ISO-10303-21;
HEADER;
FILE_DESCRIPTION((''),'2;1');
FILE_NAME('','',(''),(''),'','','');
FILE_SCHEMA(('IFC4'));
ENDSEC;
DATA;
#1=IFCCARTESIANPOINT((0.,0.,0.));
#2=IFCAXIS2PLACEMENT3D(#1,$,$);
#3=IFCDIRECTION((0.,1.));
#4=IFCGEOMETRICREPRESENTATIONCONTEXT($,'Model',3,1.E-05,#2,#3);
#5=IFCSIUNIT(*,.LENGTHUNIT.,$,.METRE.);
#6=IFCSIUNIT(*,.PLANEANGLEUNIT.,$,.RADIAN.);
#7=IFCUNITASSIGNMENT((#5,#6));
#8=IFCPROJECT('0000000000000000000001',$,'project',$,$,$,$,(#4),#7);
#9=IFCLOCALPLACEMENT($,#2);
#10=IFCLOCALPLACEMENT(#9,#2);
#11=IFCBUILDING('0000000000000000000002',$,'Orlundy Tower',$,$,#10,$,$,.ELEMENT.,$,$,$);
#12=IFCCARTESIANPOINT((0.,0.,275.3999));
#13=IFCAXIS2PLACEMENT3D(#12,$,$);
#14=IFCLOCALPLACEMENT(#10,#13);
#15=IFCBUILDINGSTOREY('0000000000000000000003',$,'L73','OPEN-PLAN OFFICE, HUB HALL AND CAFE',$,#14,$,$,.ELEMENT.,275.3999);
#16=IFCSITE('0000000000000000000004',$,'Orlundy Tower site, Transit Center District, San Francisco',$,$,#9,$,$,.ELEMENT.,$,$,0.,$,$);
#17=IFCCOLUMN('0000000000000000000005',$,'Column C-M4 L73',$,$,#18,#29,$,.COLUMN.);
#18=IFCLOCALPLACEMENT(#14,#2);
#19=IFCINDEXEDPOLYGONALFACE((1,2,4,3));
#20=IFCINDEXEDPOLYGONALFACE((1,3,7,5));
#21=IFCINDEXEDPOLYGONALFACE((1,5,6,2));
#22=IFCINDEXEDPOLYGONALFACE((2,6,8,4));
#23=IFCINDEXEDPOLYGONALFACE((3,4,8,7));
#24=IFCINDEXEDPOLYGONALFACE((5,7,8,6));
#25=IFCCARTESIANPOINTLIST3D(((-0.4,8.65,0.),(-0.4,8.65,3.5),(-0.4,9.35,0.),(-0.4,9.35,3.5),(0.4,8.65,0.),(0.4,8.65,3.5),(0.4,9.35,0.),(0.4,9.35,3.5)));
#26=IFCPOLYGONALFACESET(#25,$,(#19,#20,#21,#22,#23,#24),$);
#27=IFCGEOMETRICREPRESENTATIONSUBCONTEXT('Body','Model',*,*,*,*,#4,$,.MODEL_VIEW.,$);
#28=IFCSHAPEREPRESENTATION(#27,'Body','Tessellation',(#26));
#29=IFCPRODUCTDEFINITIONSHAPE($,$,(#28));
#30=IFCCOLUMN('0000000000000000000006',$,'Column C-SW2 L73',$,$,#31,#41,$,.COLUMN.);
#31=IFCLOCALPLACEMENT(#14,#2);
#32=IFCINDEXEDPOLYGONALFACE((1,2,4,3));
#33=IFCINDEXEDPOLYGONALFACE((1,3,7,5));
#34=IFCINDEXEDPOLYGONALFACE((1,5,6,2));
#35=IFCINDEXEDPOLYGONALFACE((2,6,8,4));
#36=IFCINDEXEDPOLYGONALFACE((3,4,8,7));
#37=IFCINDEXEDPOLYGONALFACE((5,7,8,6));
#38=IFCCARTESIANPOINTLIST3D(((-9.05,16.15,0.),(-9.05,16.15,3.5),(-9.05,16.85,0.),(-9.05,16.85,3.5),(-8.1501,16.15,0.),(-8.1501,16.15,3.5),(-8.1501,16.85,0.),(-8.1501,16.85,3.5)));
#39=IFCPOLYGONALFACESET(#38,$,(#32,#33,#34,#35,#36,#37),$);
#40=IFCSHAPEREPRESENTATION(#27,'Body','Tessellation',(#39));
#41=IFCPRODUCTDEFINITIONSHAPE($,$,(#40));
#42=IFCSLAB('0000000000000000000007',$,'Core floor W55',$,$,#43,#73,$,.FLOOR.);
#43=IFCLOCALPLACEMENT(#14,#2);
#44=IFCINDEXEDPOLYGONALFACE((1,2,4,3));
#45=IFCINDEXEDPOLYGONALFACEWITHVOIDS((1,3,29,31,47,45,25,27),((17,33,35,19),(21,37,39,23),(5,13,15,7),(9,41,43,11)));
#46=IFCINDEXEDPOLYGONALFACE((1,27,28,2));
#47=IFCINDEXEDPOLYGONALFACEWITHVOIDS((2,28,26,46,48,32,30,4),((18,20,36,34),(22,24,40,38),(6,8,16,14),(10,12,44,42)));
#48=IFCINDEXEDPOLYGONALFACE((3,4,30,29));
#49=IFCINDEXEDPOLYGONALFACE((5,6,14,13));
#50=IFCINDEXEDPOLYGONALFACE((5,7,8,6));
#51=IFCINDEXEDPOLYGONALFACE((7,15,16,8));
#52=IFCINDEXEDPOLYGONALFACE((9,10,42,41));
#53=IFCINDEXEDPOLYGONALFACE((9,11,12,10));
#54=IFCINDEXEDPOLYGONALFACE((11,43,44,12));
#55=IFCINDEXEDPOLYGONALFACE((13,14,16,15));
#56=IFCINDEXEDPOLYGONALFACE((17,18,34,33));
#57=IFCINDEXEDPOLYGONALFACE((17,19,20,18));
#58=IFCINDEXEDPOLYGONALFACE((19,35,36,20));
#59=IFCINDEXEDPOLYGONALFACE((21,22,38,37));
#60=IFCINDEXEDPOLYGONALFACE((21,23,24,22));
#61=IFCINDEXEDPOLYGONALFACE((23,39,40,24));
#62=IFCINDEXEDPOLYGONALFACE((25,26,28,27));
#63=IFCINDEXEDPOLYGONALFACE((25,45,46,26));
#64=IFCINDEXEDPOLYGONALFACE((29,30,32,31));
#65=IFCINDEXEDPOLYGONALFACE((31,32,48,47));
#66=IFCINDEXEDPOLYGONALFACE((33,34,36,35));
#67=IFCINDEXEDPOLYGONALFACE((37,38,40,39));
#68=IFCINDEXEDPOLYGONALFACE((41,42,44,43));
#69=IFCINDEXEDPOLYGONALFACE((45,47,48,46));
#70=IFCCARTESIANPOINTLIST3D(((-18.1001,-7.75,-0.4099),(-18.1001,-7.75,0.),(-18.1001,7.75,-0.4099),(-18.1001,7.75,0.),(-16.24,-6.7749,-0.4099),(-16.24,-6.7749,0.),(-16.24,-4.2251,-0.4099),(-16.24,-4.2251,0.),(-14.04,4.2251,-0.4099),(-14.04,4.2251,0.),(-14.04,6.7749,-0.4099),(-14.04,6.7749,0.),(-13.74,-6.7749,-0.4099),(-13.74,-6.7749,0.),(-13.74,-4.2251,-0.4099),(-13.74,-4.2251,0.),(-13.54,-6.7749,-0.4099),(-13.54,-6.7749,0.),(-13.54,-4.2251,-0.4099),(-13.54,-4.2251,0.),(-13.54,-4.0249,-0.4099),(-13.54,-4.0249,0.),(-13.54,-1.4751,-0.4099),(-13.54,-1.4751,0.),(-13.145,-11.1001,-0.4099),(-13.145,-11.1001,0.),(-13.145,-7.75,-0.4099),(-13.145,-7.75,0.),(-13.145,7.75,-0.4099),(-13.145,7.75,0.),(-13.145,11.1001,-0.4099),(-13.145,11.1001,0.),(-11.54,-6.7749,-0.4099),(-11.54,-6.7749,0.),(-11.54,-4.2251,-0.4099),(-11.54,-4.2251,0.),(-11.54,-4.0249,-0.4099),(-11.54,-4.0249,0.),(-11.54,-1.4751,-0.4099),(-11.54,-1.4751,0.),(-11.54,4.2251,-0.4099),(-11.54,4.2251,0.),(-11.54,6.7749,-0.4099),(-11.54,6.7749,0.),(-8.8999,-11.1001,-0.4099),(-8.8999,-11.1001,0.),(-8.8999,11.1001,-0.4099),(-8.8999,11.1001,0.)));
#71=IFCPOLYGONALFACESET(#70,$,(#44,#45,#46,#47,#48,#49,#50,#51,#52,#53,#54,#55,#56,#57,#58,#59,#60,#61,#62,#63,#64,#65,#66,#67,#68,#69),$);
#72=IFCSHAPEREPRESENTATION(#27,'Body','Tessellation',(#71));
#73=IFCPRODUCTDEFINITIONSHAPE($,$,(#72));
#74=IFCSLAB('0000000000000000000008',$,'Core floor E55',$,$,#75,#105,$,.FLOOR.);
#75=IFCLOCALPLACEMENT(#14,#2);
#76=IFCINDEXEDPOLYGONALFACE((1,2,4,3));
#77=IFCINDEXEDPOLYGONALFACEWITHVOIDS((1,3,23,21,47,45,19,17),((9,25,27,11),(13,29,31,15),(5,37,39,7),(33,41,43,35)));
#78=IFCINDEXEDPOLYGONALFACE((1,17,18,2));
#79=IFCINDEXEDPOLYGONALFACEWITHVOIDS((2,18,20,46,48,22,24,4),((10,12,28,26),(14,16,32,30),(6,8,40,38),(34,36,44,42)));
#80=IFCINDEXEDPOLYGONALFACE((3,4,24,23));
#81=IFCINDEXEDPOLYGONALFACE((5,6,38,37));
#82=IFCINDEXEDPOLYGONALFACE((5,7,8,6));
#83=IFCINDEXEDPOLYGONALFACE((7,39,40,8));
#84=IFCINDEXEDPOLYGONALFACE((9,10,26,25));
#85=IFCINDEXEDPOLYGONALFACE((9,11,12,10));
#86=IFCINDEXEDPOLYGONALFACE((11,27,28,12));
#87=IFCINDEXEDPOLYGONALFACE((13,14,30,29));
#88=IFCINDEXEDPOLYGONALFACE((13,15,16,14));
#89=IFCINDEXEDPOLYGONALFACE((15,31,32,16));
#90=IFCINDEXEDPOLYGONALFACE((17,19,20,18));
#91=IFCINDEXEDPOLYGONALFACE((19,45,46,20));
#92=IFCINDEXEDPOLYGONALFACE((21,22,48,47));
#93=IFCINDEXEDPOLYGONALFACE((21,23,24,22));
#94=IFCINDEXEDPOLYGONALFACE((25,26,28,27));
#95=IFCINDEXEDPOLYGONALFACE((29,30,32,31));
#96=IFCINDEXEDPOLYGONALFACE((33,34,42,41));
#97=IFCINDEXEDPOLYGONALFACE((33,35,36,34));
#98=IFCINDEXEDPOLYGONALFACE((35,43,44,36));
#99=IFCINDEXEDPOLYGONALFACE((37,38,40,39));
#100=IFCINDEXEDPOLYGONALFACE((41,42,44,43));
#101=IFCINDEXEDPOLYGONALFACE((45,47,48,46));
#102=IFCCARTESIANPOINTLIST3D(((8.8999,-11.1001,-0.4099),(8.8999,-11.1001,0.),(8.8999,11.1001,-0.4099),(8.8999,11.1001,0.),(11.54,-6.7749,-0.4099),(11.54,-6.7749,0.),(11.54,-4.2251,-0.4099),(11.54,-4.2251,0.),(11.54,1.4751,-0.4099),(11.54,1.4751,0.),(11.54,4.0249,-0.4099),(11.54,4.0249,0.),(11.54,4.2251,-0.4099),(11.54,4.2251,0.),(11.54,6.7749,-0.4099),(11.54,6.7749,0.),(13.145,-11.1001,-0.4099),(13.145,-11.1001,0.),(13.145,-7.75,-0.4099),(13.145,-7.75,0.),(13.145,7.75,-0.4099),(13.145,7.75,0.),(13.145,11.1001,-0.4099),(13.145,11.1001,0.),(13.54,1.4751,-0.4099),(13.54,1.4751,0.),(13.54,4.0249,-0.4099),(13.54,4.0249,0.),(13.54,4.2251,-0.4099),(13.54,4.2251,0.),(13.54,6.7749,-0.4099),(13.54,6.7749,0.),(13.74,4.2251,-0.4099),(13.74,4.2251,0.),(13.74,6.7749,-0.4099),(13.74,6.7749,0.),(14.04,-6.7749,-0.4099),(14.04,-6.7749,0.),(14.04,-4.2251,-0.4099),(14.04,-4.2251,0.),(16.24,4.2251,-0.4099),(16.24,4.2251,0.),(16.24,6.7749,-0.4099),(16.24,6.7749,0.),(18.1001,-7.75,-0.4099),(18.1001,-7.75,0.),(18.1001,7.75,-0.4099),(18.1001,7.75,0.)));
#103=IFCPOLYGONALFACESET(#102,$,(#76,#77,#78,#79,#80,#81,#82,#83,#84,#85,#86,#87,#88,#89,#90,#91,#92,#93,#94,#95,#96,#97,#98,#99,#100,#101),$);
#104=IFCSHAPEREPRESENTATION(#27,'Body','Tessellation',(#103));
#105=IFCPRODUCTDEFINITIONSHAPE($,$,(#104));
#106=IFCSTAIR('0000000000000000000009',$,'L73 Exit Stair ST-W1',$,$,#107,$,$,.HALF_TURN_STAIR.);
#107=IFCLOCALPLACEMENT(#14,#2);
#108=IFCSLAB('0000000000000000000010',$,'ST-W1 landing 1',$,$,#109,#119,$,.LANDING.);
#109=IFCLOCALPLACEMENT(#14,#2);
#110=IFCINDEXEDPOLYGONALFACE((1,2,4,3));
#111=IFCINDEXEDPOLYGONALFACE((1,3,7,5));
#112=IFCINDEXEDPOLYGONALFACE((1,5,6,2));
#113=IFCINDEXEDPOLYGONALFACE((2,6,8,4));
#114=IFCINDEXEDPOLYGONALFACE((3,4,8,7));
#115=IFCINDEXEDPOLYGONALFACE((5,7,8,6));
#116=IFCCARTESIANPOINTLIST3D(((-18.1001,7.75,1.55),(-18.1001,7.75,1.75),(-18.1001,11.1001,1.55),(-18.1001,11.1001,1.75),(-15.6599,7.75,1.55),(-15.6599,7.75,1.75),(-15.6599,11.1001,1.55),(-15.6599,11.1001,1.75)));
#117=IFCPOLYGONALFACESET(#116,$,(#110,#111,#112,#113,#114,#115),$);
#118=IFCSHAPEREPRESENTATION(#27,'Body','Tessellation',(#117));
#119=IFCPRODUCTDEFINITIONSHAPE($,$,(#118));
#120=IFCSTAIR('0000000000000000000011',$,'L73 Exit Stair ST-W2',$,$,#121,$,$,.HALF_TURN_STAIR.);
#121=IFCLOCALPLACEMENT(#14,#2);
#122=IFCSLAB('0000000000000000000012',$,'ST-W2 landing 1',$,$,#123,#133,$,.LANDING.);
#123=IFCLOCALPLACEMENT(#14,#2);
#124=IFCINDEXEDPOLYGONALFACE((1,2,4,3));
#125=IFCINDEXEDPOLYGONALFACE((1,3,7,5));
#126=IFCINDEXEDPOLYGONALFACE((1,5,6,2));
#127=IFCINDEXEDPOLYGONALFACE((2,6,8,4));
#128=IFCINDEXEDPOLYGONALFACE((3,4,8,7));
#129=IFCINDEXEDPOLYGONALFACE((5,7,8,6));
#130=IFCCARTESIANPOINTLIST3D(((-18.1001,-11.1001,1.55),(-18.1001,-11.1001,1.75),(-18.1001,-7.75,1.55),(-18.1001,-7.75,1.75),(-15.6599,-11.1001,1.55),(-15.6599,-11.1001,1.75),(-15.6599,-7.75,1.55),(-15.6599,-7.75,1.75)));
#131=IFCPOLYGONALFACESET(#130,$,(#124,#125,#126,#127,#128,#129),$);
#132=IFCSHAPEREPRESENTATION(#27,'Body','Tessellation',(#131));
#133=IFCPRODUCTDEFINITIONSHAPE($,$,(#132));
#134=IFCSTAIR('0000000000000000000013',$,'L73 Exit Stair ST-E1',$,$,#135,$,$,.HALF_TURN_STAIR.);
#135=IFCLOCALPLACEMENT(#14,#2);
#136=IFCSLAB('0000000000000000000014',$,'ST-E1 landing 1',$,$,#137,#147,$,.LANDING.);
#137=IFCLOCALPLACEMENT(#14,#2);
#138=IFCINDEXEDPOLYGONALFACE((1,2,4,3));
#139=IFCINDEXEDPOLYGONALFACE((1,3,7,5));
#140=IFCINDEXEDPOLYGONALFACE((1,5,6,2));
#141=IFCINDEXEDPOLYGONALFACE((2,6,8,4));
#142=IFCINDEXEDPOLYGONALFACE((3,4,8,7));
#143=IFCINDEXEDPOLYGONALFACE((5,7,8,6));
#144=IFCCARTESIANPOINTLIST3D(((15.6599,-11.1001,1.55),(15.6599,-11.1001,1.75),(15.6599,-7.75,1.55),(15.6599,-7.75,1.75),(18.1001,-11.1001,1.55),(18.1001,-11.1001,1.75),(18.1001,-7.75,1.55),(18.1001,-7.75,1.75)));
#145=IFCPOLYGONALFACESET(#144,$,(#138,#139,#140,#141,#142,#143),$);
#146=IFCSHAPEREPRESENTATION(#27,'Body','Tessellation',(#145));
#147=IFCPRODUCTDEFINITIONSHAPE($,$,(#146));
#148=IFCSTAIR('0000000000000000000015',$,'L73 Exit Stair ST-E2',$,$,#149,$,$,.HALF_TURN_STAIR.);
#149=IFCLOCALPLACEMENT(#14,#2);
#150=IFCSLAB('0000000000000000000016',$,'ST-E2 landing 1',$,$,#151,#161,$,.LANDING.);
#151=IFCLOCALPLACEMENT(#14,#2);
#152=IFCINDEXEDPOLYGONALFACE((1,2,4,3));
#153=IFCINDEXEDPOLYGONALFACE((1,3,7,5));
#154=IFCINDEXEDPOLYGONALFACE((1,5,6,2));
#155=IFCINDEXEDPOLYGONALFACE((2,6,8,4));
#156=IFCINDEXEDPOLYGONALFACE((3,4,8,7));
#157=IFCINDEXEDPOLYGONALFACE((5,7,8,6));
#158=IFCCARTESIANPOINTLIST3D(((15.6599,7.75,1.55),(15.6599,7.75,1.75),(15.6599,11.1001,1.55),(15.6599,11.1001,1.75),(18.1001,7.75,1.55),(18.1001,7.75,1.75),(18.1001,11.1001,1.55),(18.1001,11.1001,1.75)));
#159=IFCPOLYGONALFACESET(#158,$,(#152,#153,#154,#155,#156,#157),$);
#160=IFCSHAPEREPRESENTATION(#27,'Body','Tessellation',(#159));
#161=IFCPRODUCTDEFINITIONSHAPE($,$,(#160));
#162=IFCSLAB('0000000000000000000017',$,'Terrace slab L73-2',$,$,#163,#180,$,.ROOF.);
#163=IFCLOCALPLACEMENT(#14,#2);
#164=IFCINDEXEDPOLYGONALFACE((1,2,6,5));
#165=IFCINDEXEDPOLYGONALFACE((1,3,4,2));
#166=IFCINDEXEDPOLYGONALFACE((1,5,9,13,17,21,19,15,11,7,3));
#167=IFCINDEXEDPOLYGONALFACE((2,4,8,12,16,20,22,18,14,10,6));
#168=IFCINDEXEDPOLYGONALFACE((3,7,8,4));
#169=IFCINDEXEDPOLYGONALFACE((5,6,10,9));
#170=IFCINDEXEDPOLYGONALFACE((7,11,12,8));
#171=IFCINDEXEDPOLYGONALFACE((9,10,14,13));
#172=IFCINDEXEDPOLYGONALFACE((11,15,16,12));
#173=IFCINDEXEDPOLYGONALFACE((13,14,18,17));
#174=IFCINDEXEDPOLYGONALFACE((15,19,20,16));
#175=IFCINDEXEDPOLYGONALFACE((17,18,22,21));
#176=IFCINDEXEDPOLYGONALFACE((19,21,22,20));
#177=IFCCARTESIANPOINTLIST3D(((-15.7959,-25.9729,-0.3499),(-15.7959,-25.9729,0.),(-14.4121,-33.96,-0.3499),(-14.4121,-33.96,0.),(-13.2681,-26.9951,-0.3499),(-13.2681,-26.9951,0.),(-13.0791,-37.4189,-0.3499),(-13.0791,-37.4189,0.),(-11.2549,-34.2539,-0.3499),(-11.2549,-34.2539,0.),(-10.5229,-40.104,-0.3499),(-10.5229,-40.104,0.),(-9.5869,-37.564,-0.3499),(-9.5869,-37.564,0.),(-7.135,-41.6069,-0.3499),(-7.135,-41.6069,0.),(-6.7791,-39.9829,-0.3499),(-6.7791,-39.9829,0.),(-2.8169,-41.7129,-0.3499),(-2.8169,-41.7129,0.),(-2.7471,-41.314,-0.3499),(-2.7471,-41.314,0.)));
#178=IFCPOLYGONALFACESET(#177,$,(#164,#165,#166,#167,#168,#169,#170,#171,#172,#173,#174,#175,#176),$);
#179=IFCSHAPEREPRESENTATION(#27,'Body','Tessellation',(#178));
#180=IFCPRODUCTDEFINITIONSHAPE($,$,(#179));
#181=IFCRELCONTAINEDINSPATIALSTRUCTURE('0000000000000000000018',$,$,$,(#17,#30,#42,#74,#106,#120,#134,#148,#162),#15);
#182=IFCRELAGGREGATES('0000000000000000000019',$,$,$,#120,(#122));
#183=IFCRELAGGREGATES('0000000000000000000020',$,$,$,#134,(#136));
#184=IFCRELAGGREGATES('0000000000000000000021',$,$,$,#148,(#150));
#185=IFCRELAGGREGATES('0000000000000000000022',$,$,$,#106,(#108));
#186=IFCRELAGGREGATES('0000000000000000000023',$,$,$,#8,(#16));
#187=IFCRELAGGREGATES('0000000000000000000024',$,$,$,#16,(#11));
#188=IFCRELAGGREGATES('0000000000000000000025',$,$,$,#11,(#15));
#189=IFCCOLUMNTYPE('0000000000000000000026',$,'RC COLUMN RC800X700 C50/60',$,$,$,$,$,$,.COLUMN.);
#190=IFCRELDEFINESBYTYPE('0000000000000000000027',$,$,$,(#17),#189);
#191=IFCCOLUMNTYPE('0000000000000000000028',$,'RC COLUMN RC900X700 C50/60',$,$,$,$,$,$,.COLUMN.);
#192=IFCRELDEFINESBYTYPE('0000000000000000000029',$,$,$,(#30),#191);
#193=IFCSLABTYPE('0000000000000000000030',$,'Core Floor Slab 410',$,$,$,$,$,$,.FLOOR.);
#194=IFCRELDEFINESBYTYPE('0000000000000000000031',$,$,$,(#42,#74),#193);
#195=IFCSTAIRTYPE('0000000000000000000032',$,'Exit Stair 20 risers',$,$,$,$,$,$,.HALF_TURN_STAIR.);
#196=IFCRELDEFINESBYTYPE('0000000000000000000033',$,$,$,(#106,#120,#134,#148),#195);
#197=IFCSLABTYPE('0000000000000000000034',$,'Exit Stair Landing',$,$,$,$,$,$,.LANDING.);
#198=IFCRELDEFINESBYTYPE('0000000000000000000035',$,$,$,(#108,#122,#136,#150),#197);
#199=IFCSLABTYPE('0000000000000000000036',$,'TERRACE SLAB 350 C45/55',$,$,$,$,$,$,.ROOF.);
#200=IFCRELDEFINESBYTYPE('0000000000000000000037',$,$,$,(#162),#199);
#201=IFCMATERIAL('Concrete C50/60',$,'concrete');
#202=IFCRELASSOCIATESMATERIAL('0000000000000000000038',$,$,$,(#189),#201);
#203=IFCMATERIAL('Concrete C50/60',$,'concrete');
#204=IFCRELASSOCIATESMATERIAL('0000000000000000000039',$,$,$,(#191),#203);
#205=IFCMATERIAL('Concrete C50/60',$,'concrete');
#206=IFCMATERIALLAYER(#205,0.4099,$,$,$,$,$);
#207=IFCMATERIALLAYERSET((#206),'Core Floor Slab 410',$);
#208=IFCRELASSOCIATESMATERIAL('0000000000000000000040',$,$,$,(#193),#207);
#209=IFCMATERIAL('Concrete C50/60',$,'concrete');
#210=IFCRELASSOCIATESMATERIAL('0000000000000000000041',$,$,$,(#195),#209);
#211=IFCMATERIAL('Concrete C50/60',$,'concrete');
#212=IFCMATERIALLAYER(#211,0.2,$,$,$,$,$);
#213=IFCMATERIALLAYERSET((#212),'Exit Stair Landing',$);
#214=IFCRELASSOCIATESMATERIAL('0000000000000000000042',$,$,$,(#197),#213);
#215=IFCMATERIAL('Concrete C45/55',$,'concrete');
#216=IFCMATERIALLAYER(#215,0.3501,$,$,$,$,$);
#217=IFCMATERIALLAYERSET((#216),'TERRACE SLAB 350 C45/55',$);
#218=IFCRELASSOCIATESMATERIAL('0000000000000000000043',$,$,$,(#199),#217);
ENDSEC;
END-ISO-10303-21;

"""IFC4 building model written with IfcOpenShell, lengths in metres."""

from ifc_helpers import new_model, si_unit, direction, frame, origin, origin_2d, place, context, subcontext, project, spatial, polyline, rectangle, outline, extrude, material, layer, layer_set, material_profile, profile_set, type_object, element, aggregate, save


model = new_model("IFC4")

# Units and contexts
model_context = context("Model", 3, precision=1e-05, world=origin(), true_north=direction((0.0, 1.0)))
body_context = subcontext(model_context, "Body", "Model", "MODEL_VIEW")
ifc_project = project(units=[si_unit("LENGTHUNIT", "METRE"), si_unit("PLANEANGLEUNIT", "RADIAN")], contexts=[model_context])

# Site, building, storey
site_placement = place(None, origin())
site = spatial("IfcSite", under=ifc_project, at=site_placement, Name="Orlundy Tower site, Transit Center District, San Francisco", CompositionType="ELEMENT", RefElevation=0.0)
building_placement = place(site_placement, origin())
building = spatial("IfcBuilding", under=site, at=building_placement, Name="Orlundy Tower", CompositionType="ELEMENT")
storey_placement = place(building_placement, frame((0.0, 0.0, 275.3999)))
storey = spatial("IfcBuildingStorey", under=building, at=storey_placement, Name="L73", Description="OPEN-PLAN OFFICE, HUB HALL AND CAFE", CompositionType="ELEMENT", Elevation=275.3999)

# Columns
ifc_material_1 = material(Name="Concrete C50/60", Category="concrete")
ifc_material_profile_1 = material_profile(ifc_material_1, rectangle(XDim=0.8, YDim=0.7, at=origin_2d()), Name="RC800X700")
ifc_profile_set_1 = profile_set([ifc_material_profile_1], Name="Concrete C50/60")
column_type_1 = type_object("IfcColumnType", Name="RC COLUMN RC800X700 C50/60", PredefinedType="COLUMN", material=ifc_profile_set_1)
column_1_placement = place(storey_placement, frame((0.0, 9.0, 0.0), z_axis=(0.0, 0.0, 1.0), x_axis=(1.0, 0.0, 0.0)))
element("IfcColumn", 1, at=column_1_placement, inside=storey, type_object=column_type_1, Name="Column C-M4 L73", PredefinedType="COLUMN", context=body_context, shape_type="SweptSolid", body=[
    extrude(rectangle(XDim=0.8, YDim=0.7, at=origin_2d()), origin(), (0.0, 0.0, 1.0), 3.5),
])
ifc_material_2 = material(Name="Concrete C50/60", Category="concrete")
ifc_material_profile_2 = material_profile(ifc_material_2, rectangle(XDim=0.8999, YDim=0.7, at=origin_2d()), Name="RC900X700")
ifc_profile_set_2 = profile_set([ifc_material_profile_2], Name="Concrete C50/60")
column_type_2 = type_object("IfcColumnType", Name="RC COLUMN RC900X700 C50/60", PredefinedType="COLUMN", material=ifc_profile_set_2)
column_2_placement = place(storey_placement, frame((-8.6001, 16.5, 0.0), z_axis=(0.0, 0.0, 1.0), x_axis=(1.0, 0.0, 0.0)))
element("IfcColumn", 2, at=column_2_placement, inside=storey, type_object=column_type_2, Name="Column C-SW2 L73", PredefinedType="COLUMN", context=body_context, shape_type="SweptSolid", body=[
    extrude(rectangle(XDim=0.8999, YDim=0.7, at=origin_2d()), origin(), (0.0, 0.0, 1.0), 3.5),
])

# Slabs
ifc_material_3 = material(Name="Concrete C50/60", Category="concrete")
ifc_layer_1 = layer(ifc_material_3, 0.4099)
ifc_layer_set_1 = layer_set([ifc_layer_1], Name="Core Floor Slab 410")
slab_type_1 = type_object("IfcSlabType", Name="Core Floor Slab 410", PredefinedType="FLOOR", material=ifc_layer_set_1)
slab_1_placement = place(storey_placement, frame((0.0, 0.0, -0.4099)))
element("IfcSlab", 3, at=slab_1_placement, inside=storey, type_object=slab_type_1, Name="Core floor W55", PredefinedType="FLOOR", context=body_context, shape_type="SweptSolid", body=[
    extrude(outline(polyline([(-18.1001, 7.75), (-13.145, 7.75), (-13.145, 11.1001), (-8.8999, 11.1001), (-8.8999, -11.1001), (-13.145, -11.1001), (-13.145, -7.75), (-18.1001, -7.75), (-18.1001, 7.75)]), holes=[polyline([(-13.54, -4.2251), (-13.54, -6.7749), (-11.54, -6.7749), (-11.54, -4.2251), (-13.54, -4.2251)]), polyline([(-13.74, -4.2251), (-16.24, -4.2251), (-16.24, -6.7749), (-13.74, -6.7749), (-13.74, -4.2251)]), polyline([(-11.54, -4.0249), (-11.54, -1.4751), (-13.54, -1.4751), (-13.54, -4.0249), (-11.54, -4.0249)]), polyline([(-14.04, 4.2251), (-11.54, 4.2251), (-11.54, 6.7749), (-14.04, 6.7749), (-14.04, 4.2251)])]), origin(), (0.0, 0.0, 1.0), 0.4099),
])
slab_2_placement = place(storey_placement, frame((0.0, 0.0, -0.4099)))
element("IfcSlab", 4, at=slab_2_placement, inside=storey, type_object=slab_type_1, Name="Core floor E55", PredefinedType="FLOOR", context=body_context, shape_type="SweptSolid", body=[
    extrude(outline(polyline([(18.1001, -7.75), (13.145, -7.75), (13.145, -11.1001), (8.8999, -11.1001), (8.8999, 11.1001), (13.145, 11.1001), (13.145, 7.75), (18.1001, 7.75), (18.1001, -7.75)]), holes=[polyline([(13.54, 4.2251), (13.54, 6.7749), (11.54, 6.7749), (11.54, 4.2251), (13.54, 4.2251)]), polyline([(13.74, 4.2251), (16.24, 4.2251), (16.24, 6.7749), (13.74, 6.7749), (13.74, 4.2251)]), polyline([(11.54, 4.0249), (11.54, 1.4751), (13.54, 1.4751), (13.54, 4.0249), (11.54, 4.0249)]), polyline([(14.04, -4.2251), (11.54, -4.2251), (11.54, -6.7749), (14.04, -6.7749), (14.04, -4.2251)])]), origin(), (0.0, 0.0, 1.0), 0.4099),
])

# Stairs, slabs
ifc_material_4 = material(Name="Concrete C50/60", Category="concrete")
stair_type = type_object("IfcStairType", Name="Exit Stair 20 risers", PredefinedType="HALF_TURN_STAIR", material=ifc_material_4)
stair_1_placement = place(storey_placement, origin())
stair_1 = element("IfcStair", 5, at=stair_1_placement, inside=storey, type_object=stair_type, Name="L73 Exit Stair ST-W1", PredefinedType="HALF_TURN_STAIR")
ifc_material_5 = material(Name="Concrete C50/60", Category="concrete")
ifc_layer_2 = layer(ifc_material_5, 0.2)
ifc_layer_set_2 = layer_set([ifc_layer_2], Name="Exit Stair Landing")
slab_type_2 = type_object("IfcSlabType", Name="Exit Stair Landing", PredefinedType="LANDING", material=ifc_layer_set_2)
slab_3_placement = place(storey_placement, frame((0.0, 0.0, 1.55)))
slab_3 = element("IfcSlab", 6, at=slab_3_placement, type_object=slab_type_2, Name="ST-W1 landing 1", PredefinedType="LANDING", context=body_context, shape_type="SweptSolid", body=[
    extrude(outline(polyline([(-15.6599, 11.1001), (-18.1001, 11.1001), (-18.1001, 7.75), (-15.6599, 7.75), (-15.6599, 11.1001)])), origin(), (0.0, 0.0, 1.0), 0.2),
])
stair_2_placement = place(storey_placement, origin())
stair_2 = element("IfcStair", 7, at=stair_2_placement, inside=storey, type_object=stair_type, Name="L73 Exit Stair ST-W2", PredefinedType="HALF_TURN_STAIR")
slab_4_placement = place(storey_placement, frame((0.0, 0.0, 1.55)))
slab_4 = element("IfcSlab", 8, at=slab_4_placement, type_object=slab_type_2, Name="ST-W2 landing 1", PredefinedType="LANDING", context=body_context, shape_type="SweptSolid", body=[
    extrude(outline(polyline([(-15.6599, -7.75), (-18.1001, -7.75), (-18.1001, -11.1001), (-15.6599, -11.1001), (-15.6599, -7.75)])), origin(), (0.0, 0.0, 1.0), 0.2),
])
aggregate(stair_2, [slab_4])
stair_3_placement = place(storey_placement, origin())
stair_3 = element("IfcStair", 9, at=stair_3_placement, inside=storey, type_object=stair_type, Name="L73 Exit Stair ST-E1", PredefinedType="HALF_TURN_STAIR")
slab_5_placement = place(storey_placement, frame((0.0, 0.0, 1.55)))
slab_5 = element("IfcSlab", 10, at=slab_5_placement, type_object=slab_type_2, Name="ST-E1 landing 1", PredefinedType="LANDING", context=body_context, shape_type="SweptSolid", body=[
    extrude(outline(polyline([(15.6599, -11.1001), (18.1001, -11.1001), (18.1001, -7.75), (15.6599, -7.75), (15.6599, -11.1001)])), origin(), (0.0, 0.0, 1.0), 0.2),
])
aggregate(stair_3, [slab_5])
stair_4_placement = place(storey_placement, origin())
stair_4 = element("IfcStair", 11, at=stair_4_placement, inside=storey, type_object=stair_type, Name="L73 Exit Stair ST-E2", PredefinedType="HALF_TURN_STAIR")
slab_6_placement = place(storey_placement, frame((0.0, 0.0, 1.55)))
slab_6 = element("IfcSlab", 12, at=slab_6_placement, type_object=slab_type_2, Name="ST-E2 landing 1", PredefinedType="LANDING", context=body_context, shape_type="SweptSolid", body=[
    extrude(outline(polyline([(15.6599, 7.75), (18.1001, 7.75), (18.1001, 11.1001), (15.6599, 11.1001), (15.6599, 7.75)])), origin(), (0.0, 0.0, 1.0), 0.2),
])
aggregate(stair_4, [slab_6])

# Slab
ifc_material_6 = material(Name="Concrete C45/55", Category="concrete")
ifc_layer_3 = layer(ifc_material_6, 0.3501)
ifc_layer_set_3 = layer_set([ifc_layer_3], Name="TERRACE SLAB 350 C45/55")
slab_type_3 = type_object("IfcSlabType", Name="TERRACE SLAB 350 C45/55", PredefinedType="ROOF", material=ifc_layer_set_3)
slab_7_placement = place(storey_placement, frame((0.0, 0.0, -0.3499)))
element("IfcSlab", 13, at=slab_7_placement, inside=storey, type_object=slab_type_3, Name="Terrace slab L73-2", PredefinedType="ROOF", context=body_context, shape_type="SweptSolid", body=[
    extrude(outline(polyline([(-15.7959, -25.9729), (-13.2681, -26.9951), (-11.2549, -34.2539), (-9.5869, -37.564), (-6.7791, -39.9829), (-2.7471, -41.314), (-2.8169, -41.7129), (-7.135, -41.6069), (-10.5229, -40.104), (-13.0791, -37.4189), (-14.4121, -33.96), (-15.7959, -25.9729)])), origin(), (0.0, 0.0, 1.0), 0.3499),
])

aggregate(stair_1, [slab_3])

save(model, "model.ifc")
